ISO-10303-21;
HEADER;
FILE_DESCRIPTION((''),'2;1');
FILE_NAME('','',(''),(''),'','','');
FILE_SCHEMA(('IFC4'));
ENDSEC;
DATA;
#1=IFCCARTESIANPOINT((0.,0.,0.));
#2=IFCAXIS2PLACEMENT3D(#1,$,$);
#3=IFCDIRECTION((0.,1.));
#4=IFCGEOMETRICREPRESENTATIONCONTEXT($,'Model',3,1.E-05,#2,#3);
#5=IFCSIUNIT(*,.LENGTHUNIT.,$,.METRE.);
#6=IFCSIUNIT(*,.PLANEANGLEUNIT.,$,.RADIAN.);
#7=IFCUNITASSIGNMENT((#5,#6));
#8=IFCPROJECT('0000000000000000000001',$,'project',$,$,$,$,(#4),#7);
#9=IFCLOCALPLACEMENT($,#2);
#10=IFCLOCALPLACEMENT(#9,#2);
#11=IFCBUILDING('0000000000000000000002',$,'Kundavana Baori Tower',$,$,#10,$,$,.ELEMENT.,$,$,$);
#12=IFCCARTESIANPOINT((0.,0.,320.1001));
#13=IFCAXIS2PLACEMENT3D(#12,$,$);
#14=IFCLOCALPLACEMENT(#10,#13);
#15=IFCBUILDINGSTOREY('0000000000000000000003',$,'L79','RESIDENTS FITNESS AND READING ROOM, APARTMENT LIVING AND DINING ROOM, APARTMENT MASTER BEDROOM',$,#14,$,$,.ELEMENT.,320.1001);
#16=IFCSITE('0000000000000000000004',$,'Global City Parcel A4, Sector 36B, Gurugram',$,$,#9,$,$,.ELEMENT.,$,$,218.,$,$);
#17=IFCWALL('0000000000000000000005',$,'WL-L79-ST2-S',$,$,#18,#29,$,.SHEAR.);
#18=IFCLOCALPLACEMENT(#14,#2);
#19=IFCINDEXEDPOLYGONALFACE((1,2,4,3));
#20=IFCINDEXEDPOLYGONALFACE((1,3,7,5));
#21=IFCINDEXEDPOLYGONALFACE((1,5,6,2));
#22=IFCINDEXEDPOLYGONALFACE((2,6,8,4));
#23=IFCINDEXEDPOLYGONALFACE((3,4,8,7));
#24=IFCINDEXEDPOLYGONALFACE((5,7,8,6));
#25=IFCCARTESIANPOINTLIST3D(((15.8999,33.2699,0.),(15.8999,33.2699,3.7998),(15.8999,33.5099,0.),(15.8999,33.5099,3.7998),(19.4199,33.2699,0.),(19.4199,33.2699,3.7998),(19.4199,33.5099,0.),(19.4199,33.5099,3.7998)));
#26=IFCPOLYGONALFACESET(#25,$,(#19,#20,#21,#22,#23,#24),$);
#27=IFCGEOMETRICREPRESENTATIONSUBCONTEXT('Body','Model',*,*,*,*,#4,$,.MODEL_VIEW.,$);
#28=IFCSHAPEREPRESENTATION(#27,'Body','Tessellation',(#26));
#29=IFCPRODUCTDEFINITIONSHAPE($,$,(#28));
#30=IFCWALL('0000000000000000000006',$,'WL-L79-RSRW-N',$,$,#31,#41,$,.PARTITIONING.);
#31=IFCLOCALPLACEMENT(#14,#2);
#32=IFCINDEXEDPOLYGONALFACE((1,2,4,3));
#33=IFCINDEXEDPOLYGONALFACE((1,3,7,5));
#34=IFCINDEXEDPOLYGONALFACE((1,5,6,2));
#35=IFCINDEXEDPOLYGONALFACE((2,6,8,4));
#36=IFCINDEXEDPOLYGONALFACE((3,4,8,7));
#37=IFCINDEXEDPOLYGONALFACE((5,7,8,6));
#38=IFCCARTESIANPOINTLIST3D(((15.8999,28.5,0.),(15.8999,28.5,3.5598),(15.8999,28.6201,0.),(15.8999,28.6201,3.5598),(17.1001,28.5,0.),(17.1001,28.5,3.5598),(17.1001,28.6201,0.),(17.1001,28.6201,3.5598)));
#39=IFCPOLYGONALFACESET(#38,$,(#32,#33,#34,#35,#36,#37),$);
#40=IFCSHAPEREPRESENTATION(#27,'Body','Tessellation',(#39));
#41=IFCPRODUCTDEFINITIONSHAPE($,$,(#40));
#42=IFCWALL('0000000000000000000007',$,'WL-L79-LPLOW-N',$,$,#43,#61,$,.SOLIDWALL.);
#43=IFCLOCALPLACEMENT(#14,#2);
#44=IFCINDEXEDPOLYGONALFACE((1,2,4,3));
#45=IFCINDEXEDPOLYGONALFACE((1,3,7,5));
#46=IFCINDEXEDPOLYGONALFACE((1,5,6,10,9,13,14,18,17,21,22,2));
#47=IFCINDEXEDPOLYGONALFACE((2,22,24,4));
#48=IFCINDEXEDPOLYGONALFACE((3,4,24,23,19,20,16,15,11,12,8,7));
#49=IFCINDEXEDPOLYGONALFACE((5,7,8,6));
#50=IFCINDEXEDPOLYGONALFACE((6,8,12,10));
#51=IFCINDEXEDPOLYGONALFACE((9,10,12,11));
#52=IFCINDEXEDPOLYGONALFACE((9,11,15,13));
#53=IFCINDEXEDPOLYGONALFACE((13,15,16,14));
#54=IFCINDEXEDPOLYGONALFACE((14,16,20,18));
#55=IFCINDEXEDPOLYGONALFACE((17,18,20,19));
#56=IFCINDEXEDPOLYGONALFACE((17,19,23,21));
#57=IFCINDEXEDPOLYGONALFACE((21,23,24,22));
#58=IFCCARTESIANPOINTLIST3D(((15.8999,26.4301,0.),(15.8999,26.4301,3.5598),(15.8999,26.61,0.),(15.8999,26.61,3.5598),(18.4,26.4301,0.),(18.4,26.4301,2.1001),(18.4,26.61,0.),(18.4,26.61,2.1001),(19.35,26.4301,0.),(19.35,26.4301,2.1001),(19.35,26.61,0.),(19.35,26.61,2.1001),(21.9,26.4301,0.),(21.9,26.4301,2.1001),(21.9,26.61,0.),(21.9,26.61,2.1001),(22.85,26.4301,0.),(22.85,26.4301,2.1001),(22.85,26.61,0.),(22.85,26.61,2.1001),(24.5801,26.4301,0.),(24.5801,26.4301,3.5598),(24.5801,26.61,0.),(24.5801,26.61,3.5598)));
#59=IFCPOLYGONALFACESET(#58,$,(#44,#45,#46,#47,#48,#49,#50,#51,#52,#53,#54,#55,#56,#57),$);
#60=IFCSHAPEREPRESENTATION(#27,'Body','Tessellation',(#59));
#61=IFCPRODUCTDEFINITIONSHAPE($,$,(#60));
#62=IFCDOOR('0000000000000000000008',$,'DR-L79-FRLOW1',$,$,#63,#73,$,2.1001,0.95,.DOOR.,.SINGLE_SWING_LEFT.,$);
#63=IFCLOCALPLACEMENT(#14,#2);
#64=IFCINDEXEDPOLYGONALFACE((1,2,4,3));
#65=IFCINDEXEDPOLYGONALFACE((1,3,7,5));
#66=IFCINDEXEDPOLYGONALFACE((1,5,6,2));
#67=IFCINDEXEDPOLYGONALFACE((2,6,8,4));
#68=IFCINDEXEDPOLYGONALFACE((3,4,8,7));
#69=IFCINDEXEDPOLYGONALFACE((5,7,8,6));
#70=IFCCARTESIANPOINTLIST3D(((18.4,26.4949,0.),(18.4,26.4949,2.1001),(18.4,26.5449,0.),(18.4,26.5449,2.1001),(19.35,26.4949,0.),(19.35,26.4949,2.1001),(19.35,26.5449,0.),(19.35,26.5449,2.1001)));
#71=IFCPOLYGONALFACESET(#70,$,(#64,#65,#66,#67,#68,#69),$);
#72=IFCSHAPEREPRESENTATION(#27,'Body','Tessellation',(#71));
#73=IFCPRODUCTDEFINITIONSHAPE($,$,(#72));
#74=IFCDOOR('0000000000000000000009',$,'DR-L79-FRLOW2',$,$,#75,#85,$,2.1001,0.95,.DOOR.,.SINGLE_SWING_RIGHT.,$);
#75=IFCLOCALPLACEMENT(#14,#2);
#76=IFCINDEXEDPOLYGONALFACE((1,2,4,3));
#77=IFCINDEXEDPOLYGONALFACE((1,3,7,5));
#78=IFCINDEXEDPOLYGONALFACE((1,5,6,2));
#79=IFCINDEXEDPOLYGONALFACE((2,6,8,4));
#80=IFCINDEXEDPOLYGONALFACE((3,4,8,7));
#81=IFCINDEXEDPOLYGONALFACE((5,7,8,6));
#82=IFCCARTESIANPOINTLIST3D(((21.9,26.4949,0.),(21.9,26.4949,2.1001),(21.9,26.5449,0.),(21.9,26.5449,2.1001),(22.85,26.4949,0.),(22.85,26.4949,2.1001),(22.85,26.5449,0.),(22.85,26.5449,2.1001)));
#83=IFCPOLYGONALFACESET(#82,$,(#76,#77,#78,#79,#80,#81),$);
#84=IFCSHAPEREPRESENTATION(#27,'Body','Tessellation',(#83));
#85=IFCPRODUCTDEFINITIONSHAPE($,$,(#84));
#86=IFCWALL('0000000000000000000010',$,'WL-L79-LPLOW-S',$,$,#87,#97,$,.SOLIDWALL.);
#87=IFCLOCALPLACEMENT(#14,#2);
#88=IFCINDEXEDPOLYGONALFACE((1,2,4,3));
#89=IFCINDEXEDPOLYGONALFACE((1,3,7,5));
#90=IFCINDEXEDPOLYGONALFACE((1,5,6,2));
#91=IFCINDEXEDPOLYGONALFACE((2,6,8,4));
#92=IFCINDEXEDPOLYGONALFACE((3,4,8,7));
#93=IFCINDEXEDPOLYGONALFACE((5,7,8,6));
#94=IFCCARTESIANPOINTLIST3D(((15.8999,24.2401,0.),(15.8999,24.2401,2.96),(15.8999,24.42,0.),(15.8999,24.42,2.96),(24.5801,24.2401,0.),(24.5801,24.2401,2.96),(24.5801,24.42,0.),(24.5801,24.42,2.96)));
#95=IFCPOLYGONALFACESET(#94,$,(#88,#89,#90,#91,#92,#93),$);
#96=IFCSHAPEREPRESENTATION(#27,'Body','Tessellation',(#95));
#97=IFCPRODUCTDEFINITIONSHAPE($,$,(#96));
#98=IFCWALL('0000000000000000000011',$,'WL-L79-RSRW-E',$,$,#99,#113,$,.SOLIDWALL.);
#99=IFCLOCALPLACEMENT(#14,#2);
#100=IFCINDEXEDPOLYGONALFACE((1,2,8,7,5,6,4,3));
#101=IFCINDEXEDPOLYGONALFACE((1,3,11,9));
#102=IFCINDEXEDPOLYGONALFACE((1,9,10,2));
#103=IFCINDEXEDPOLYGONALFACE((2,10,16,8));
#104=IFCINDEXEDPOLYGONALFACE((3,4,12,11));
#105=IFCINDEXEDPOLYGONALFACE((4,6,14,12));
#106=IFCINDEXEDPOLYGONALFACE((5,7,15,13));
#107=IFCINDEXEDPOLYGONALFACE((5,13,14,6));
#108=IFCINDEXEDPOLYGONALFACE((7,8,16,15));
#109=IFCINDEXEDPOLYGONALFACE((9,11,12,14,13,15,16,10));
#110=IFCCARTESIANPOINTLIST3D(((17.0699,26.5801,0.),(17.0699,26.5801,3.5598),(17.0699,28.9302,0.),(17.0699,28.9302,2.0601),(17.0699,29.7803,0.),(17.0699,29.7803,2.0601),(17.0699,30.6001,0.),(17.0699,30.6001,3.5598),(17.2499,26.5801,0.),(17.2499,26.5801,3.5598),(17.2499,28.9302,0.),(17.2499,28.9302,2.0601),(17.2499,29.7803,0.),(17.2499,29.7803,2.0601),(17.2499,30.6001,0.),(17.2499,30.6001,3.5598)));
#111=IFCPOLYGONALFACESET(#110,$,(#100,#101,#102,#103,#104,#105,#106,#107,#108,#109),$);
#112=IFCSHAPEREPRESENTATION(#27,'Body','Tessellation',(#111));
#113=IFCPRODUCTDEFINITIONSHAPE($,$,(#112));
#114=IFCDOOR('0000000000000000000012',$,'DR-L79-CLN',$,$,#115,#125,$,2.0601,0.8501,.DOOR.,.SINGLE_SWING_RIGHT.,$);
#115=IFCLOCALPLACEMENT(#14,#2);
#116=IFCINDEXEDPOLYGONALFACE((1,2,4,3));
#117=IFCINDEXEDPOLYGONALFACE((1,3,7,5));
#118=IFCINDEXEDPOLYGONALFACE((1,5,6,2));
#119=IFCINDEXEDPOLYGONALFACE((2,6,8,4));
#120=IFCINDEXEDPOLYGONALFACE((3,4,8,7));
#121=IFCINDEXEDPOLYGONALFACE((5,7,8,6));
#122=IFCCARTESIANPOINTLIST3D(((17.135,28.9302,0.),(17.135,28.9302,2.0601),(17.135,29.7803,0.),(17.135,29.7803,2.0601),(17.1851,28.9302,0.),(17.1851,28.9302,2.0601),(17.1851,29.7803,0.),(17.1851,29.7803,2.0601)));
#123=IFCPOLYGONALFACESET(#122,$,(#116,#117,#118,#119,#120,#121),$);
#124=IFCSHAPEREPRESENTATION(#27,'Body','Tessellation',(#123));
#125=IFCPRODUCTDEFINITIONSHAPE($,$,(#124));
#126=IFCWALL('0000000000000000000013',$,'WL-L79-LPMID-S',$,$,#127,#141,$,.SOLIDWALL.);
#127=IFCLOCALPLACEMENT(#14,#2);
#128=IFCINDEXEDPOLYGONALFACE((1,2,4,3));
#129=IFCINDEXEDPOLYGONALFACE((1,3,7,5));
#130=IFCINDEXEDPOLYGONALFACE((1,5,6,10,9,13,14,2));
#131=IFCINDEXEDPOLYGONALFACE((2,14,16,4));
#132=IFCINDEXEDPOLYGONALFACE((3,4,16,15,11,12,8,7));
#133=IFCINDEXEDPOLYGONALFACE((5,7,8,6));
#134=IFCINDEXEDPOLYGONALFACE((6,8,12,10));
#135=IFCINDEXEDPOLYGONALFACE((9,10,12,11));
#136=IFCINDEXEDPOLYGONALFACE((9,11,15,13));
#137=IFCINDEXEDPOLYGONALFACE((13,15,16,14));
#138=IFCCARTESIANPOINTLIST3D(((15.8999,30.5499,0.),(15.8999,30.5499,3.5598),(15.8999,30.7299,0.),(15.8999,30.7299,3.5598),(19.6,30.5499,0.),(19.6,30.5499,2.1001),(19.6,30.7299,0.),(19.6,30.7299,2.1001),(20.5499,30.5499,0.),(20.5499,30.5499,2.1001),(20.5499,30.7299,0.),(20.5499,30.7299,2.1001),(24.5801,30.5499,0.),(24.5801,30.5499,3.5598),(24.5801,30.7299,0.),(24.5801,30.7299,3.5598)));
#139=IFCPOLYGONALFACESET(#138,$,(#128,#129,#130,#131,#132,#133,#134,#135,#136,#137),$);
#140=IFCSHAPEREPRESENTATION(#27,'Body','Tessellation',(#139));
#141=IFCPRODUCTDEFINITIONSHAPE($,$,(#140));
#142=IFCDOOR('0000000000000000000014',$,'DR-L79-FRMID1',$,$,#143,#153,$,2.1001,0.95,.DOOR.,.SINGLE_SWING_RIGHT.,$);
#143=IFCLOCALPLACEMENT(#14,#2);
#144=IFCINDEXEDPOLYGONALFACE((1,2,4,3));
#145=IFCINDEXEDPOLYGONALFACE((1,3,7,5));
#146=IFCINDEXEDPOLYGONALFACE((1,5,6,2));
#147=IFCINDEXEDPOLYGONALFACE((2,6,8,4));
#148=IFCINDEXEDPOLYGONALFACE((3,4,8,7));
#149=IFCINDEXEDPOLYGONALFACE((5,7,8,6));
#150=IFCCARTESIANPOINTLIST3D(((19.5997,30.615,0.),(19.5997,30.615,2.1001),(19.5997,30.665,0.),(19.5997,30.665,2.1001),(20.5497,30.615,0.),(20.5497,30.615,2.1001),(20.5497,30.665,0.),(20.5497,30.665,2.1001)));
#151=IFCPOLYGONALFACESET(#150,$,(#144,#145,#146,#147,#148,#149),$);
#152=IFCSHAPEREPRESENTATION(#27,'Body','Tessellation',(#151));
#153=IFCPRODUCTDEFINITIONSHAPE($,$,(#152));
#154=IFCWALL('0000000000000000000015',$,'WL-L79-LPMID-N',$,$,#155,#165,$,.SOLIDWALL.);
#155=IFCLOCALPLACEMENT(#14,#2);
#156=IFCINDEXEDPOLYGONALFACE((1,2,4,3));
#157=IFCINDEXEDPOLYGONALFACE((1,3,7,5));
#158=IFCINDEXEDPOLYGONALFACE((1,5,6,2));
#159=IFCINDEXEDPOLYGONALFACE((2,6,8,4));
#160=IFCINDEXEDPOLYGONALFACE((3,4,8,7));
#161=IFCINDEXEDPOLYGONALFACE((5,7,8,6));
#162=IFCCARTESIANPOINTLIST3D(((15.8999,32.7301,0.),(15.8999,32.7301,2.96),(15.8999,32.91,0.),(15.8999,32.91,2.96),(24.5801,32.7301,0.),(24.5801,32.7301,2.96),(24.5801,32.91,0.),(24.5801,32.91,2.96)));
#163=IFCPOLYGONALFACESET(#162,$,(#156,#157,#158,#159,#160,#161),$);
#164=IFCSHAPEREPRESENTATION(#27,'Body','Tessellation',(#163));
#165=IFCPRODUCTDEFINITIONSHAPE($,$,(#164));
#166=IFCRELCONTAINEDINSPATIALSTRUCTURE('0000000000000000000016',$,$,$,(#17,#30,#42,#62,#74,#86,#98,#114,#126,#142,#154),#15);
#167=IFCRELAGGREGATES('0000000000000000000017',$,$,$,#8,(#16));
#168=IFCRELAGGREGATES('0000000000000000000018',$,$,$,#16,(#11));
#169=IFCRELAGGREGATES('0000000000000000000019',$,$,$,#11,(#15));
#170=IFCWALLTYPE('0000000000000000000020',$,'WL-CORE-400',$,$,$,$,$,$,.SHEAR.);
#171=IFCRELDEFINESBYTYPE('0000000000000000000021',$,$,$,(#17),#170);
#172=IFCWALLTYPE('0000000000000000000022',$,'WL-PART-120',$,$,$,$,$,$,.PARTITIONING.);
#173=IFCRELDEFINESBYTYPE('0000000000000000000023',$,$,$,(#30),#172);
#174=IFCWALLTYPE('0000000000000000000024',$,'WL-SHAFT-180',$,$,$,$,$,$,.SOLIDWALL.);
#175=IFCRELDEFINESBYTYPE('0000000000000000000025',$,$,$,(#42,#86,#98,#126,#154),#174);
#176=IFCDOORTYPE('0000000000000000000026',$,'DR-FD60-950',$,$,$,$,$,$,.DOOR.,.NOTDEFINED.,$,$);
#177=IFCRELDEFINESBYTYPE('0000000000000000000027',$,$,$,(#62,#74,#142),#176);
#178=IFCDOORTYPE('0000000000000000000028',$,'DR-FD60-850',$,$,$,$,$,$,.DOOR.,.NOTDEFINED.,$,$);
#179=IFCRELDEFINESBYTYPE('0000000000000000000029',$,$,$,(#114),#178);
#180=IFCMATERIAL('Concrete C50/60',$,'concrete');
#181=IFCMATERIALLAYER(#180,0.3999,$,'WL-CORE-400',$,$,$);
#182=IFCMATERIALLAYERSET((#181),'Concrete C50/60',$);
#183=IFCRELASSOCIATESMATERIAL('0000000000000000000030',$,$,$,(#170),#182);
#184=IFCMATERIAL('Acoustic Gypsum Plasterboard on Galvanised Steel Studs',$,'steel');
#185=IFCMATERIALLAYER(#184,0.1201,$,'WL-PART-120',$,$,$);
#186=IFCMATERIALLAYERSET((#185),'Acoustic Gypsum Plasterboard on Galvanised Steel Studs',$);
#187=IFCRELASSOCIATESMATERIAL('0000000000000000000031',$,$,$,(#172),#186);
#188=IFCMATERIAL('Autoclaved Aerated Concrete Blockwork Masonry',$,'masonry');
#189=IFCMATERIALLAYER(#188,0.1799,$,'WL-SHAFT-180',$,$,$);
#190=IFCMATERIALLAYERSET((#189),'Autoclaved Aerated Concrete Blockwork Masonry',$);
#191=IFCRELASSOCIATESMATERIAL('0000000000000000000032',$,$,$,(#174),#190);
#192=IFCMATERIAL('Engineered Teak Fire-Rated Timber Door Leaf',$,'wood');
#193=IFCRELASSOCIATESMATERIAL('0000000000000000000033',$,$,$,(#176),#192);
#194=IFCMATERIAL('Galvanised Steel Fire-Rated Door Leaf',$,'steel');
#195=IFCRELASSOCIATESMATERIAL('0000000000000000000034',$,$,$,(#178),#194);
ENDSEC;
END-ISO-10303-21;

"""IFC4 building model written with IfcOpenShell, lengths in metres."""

from ifc_helpers import new_model, si_unit, direction, frame, frame_2d, origin, place, context, subcontext, project, spatial, rectangle, extrude, material, layer, layer_set, type_object, element, fill, save


model = new_model("IFC4")

# Units and contexts
model_context = context("Model", 3, precision=1e-05, world=origin(), true_north=direction((0.0, 1.0)))
body_context = subcontext(model_context, "Body", "Model", "MODEL_VIEW")
ifc_project = project(units=[si_unit("LENGTHUNIT", "METRE"), si_unit("PLANEANGLEUNIT", "RADIAN")], contexts=[model_context])

# Site, building, storey
site_placement = place(None, origin())
site = spatial("IfcSite", under=ifc_project, at=site_placement, Name="Global City Parcel A4, Sector 36B, Gurugram", CompositionType="ELEMENT", RefElevation=218.0)
building_placement = place(site_placement, origin())
building = spatial("IfcBuilding", under=site, at=building_placement, Name="Kundavana Baori Tower", CompositionType="ELEMENT")
storey_placement = place(building_placement, frame((0.0, 0.0, 320.1001)))
storey = spatial("IfcBuildingStorey", under=building, at=storey_placement, Name="L79", Description="RESIDENTS FITNESS AND READING ROOM, APARTMENT LIVING AND DINING ROOM, APARTMENT MASTER BEDROOM", CompositionType="ELEMENT", Elevation=320.1001)

# Walls
ifc_material_1 = material(Name="Concrete C50/60", Category="concrete")
ifc_layer_1 = layer(ifc_material_1, 0.3999, Name="WL-CORE-400")
ifc_layer_set_1 = layer_set([ifc_layer_1], Name="Concrete C50/60")
wall_type_1 = type_object("IfcWallType", Name="WL-CORE-400", PredefinedType="SHEAR", material=ifc_layer_set_1)
wall_1_placement = place(storey_placement, frame((15.8999, 33.3899, 0.0), z_axis=(0.0, 0.0, 1.0), x_axis=(1.0, 0.0, 0.0)))
element("IfcWall", 1, at=wall_1_placement, inside=storey, type_object=wall_type_1, Name="WL-L79-ST2-S", PredefinedType="SHEAR", context=body_context, shape_type="SweptSolid", body=[
    extrude(rectangle(XDim=3.52, YDim=0.24, at=frame_2d((1.76, 0.0))), origin(), (0.0, 0.0, 1.0), 3.7998),
])
ifc_material_2 = material(Name="Acoustic Gypsum Plasterboard on Galvanised Steel Studs", Category="steel")
ifc_layer_2 = layer(ifc_material_2, 0.1201, Name="WL-PART-120")
ifc_layer_set_2 = layer_set([ifc_layer_2], Name="Acoustic Gypsum Plasterboard on Galvanised Steel Studs")
wall_type_2 = type_object("IfcWallType", Name="WL-PART-120", PredefinedType="PARTITIONING", material=ifc_layer_set_2)
wall_2_placement = place(storey_placement, frame((15.8999, 28.5601, 0.0), z_axis=(0.0, 0.0, 1.0), x_axis=(1.0, 0.0, 0.0)))
element("IfcWall", 2, at=wall_2_placement, inside=storey, type_object=wall_type_2, Name="WL-L79-RSRW-N", PredefinedType="PARTITIONING", context=body_context, shape_type="SweptSolid", body=[
    extrude(rectangle(XDim=1.2002, YDim=0.1201, at=frame_2d((0.6001, 0.0))), origin(), (0.0, 0.0, 1.0), 3.5598),
])

# Wall, openings, doors
ifc_material_3 = material(Name="Autoclaved Aerated Concrete Blockwork Masonry", Category="masonry")
ifc_layer_3 = layer(ifc_material_3, 0.1799, Name="WL-SHAFT-180")
ifc_layer_set_3 = layer_set([ifc_layer_3], Name="Autoclaved Aerated Concrete Blockwork Masonry")
wall_type_3 = type_object("IfcWallType", Name="WL-SHAFT-180", PredefinedType="SOLIDWALL", material=ifc_layer_set_3)
wall_3_placement = place(storey_placement, frame((15.8999, 26.52, 0.0), z_axis=(0.0, 0.0, 1.0), x_axis=(1.0, 0.0, 0.0)))
wall_3 = element("IfcWall", 3, at=wall_3_placement, inside=storey, type_object=wall_type_3, Name="WL-L79-LPLOW-N", PredefinedType="SOLIDWALL", context=body_context, shape_type="SweptSolid", body=[
    extrude(rectangle(XDim=8.6802, YDim=0.1799, at=frame_2d((4.3401, 0.0))), origin(), (0.0, 0.0, 1.0), 3.5598),
])
opening_1_placement = place(wall_3_placement, frame((2.5, 0.0, 0.0)))
opening_1 = element("IfcOpeningElement", 4, at=opening_1_placement, cuts=wall_3, PredefinedType="OPENING", context=body_context, shape_type="SweptSolid", body=[
    extrude(rectangle(XDim=0.95, YDim=2.1001, at=frame_2d((0.4751, 1.05))), frame((0.0, 0.1001, 0.0), z_axis=(0.0, -1.0, 0.0), x_axis=(1.0, 0.0, 0.0)), (0.0, 0.0, 1.0), 0.2),
])
opening_2_placement = place(wall_3_placement, frame((6.0, 0.0, 0.0)))
opening_2 = element("IfcOpeningElement", 5, at=opening_2_placement, cuts=wall_3, PredefinedType="OPENING", context=body_context, shape_type="SweptSolid", body=[
    extrude(rectangle(XDim=0.95, YDim=2.1001, at=frame_2d((0.4751, 1.05))), frame((0.0, 0.1001, 0.0), z_axis=(0.0, -1.0, 0.0), x_axis=(1.0, 0.0, 0.0)), (0.0, 0.0, 1.0), 0.2),
])
ifc_material_4 = material(Name="Engineered Teak Fire-Rated Timber Door Leaf", Category="wood")
door_type_1 = type_object("IfcDoorType", Name="DR-FD60-950", OperationType="NOTDEFINED", PredefinedType="DOOR", material=ifc_material_4)
door_1_placement = place(opening_1_placement, origin())
door_1 = element("IfcDoor", 6, at=door_1_placement, inside=storey, type_object=door_type_1, Name="DR-L79-FRLOW1", OperationType="SINGLE_SWING_LEFT", OverallHeight=2.1001, OverallWidth=0.95, PredefinedType="DOOR", context=body_context, shape_type="SweptSolid", body=[
    extrude(rectangle(XDim=0.95, YDim=2.1001, at=frame_2d((0.4751, 1.05))), frame((0.0, 0.0249, 0.0), z_axis=(0.0, -1.0, 0.0), x_axis=(1.0, 0.0, 0.0)), (0.0, 0.0, 1.0), 0.05),
])
fill(opening_1, door_1)
door_2_placement = place(opening_2_placement, origin())
door_2 = element("IfcDoor", 7, at=door_2_placement, inside=storey, type_object=door_type_1, Name="DR-L79-FRLOW2", OperationType="SINGLE_SWING_RIGHT", OverallHeight=2.1001, OverallWidth=0.95, PredefinedType="DOOR", context=body_context, shape_type="SweptSolid", body=[
    extrude(rectangle(XDim=0.95, YDim=2.1001, at=frame_2d((0.4751, 1.05))), frame((0.0, 0.0249, 0.0), z_axis=(0.0, -1.0, 0.0), x_axis=(1.0, 0.0, 0.0)), (0.0, 0.0, 1.0), 0.05),
])
fill(opening_2, door_2)

# Wall
wall_4_placement = place(storey_placement, frame((15.8999, 24.3301, 0.0), z_axis=(0.0, 0.0, 1.0), x_axis=(1.0, 0.0, 0.0)))
element("IfcWall", 8, at=wall_4_placement, inside=storey, type_object=wall_type_3, Name="WL-L79-LPLOW-S", PredefinedType="SOLIDWALL", context=body_context, shape_type="SweptSolid", body=[
    extrude(rectangle(XDim=8.6802, YDim=0.1799, at=frame_2d((4.3401, 0.0))), origin(), (0.0, 0.0, 1.0), 2.96),
])

# Walls, openings, doors
wall_5_placement = place(storey_placement, frame((17.1599, 26.5801, 0.0), z_axis=(0.0, 0.0, 1.0), x_axis=(0.0, 1.0, 0.0)))
wall_5 = element("IfcWall", 9, at=wall_5_placement, inside=storey, type_object=wall_type_3, Name="WL-L79-RSRW-E", PredefinedType="SOLIDWALL", context=body_context, shape_type="SweptSolid", body=[
    extrude(rectangle(XDim=4.02, YDim=0.1799, at=frame_2d((2.01, 0.0))), origin(), (0.0, 0.0, 1.0), 3.5598),
])
opening_3_placement = place(wall_5_placement, frame((2.3501, 0.0, 0.0)))
opening_3 = element("IfcOpeningElement", 10, at=opening_3_placement, cuts=wall_5, PredefinedType="OPENING", context=body_context, shape_type="SweptSolid", body=[
    extrude(rectangle(XDim=0.8501, YDim=2.0601, at=frame_2d((0.425, 1.03))), frame((0.0, 0.1001, 0.0), z_axis=(0.0, -1.0, 0.0), x_axis=(1.0, 0.0, 0.0)), (0.0, 0.0, 1.0), 0.2),
])
ifc_material_5 = material(Name="Galvanised Steel Fire-Rated Door Leaf", Category="steel")
door_type_2 = type_object("IfcDoorType", Name="DR-FD60-850", OperationType="NOTDEFINED", PredefinedType="DOOR", material=ifc_material_5)
door_3_placement = place(opening_3_placement, origin())
door_3 = element("IfcDoor", 11, at=door_3_placement, inside=storey, type_object=door_type_2, Name="DR-L79-CLN", OperationType="SINGLE_SWING_RIGHT", OverallHeight=2.0601, OverallWidth=0.8501, PredefinedType="DOOR", context=body_context, shape_type="SweptSolid", body=[
    extrude(rectangle(XDim=0.8501, YDim=2.0601, at=frame_2d((0.425, 1.03))), frame((0.0, 0.0249, 0.0), z_axis=(0.0, -1.0, 0.0), x_axis=(1.0, 0.0, 0.0)), (0.0, 0.0, 1.0), 0.05),
])
fill(opening_3, door_3)
wall_6_placement = place(storey_placement, frame((15.8999, 30.6399, 0.0), z_axis=(0.0, 0.0, 1.0), x_axis=(1.0, 0.0, 0.0)))
wall_6 = element("IfcWall", 12, at=wall_6_placement, inside=storey, type_object=wall_type_3, Name="WL-L79-LPMID-S", PredefinedType="SOLIDWALL", context=body_context, shape_type="SweptSolid", body=[
    extrude(rectangle(XDim=8.6802, YDim=0.1799, at=frame_2d((4.3401, 0.0))), origin(), (0.0, 0.0, 1.0), 3.5598),
])
opening_4_placement = place(wall_6_placement, frame((3.7, 0.0, 0.0)))
opening_4 = element("IfcOpeningElement", 13, at=opening_4_placement, cuts=wall_6, PredefinedType="OPENING", context=body_context, shape_type="SweptSolid", body=[
    extrude(rectangle(XDim=0.95, YDim=2.1001, at=frame_2d((0.4751, 1.05))), frame((0.0, 0.1001, 0.0), z_axis=(0.0, -1.0, 0.0), x_axis=(1.0, 0.0, 0.0)), (0.0, 0.0, 1.0), 0.2),
])
door_4_placement = place(opening_4_placement, frame((0.95, 0.0, 0.0), z_axis=(0.0, 0.0, 1.0), x_axis=(-1.0, 0.0, 0.0)))
door_4 = element("IfcDoor", 14, at=door_4_placement, inside=storey, type_object=door_type_1, Name="DR-L79-FRMID1", OperationType="SINGLE_SWING_RIGHT", OverallHeight=2.1001, OverallWidth=0.95, PredefinedType="DOOR", context=body_context, shape_type="SweptSolid", body=[
    extrude(rectangle(XDim=0.95, YDim=2.1001, at=frame_2d((0.4751, 1.05))), frame((0.0, 0.0249, 0.0), z_axis=(0.0, -1.0, 0.0), x_axis=(1.0, 0.0, 0.0)), (0.0, 0.0, 1.0), 0.05),
])
fill(opening_4, door_4)

# Wall
wall_7_placement = place(storey_placement, frame((15.8999, 32.8201, 0.0), z_axis=(0.0, 0.0, 1.0), x_axis=(1.0, 0.0, 0.0)))
element("IfcWall", 15, at=wall_7_placement, inside=storey, type_object=wall_type_3, Name="WL-L79-LPMID-N", PredefinedType="SOLIDWALL", context=body_context, shape_type="SweptSolid", body=[
    extrude(rectangle(XDim=8.6802, YDim=0.1799, at=frame_2d((4.3401, 0.0))), origin(), (0.0, 0.0, 1.0), 2.96),
])

save(model, "model.ifc")
